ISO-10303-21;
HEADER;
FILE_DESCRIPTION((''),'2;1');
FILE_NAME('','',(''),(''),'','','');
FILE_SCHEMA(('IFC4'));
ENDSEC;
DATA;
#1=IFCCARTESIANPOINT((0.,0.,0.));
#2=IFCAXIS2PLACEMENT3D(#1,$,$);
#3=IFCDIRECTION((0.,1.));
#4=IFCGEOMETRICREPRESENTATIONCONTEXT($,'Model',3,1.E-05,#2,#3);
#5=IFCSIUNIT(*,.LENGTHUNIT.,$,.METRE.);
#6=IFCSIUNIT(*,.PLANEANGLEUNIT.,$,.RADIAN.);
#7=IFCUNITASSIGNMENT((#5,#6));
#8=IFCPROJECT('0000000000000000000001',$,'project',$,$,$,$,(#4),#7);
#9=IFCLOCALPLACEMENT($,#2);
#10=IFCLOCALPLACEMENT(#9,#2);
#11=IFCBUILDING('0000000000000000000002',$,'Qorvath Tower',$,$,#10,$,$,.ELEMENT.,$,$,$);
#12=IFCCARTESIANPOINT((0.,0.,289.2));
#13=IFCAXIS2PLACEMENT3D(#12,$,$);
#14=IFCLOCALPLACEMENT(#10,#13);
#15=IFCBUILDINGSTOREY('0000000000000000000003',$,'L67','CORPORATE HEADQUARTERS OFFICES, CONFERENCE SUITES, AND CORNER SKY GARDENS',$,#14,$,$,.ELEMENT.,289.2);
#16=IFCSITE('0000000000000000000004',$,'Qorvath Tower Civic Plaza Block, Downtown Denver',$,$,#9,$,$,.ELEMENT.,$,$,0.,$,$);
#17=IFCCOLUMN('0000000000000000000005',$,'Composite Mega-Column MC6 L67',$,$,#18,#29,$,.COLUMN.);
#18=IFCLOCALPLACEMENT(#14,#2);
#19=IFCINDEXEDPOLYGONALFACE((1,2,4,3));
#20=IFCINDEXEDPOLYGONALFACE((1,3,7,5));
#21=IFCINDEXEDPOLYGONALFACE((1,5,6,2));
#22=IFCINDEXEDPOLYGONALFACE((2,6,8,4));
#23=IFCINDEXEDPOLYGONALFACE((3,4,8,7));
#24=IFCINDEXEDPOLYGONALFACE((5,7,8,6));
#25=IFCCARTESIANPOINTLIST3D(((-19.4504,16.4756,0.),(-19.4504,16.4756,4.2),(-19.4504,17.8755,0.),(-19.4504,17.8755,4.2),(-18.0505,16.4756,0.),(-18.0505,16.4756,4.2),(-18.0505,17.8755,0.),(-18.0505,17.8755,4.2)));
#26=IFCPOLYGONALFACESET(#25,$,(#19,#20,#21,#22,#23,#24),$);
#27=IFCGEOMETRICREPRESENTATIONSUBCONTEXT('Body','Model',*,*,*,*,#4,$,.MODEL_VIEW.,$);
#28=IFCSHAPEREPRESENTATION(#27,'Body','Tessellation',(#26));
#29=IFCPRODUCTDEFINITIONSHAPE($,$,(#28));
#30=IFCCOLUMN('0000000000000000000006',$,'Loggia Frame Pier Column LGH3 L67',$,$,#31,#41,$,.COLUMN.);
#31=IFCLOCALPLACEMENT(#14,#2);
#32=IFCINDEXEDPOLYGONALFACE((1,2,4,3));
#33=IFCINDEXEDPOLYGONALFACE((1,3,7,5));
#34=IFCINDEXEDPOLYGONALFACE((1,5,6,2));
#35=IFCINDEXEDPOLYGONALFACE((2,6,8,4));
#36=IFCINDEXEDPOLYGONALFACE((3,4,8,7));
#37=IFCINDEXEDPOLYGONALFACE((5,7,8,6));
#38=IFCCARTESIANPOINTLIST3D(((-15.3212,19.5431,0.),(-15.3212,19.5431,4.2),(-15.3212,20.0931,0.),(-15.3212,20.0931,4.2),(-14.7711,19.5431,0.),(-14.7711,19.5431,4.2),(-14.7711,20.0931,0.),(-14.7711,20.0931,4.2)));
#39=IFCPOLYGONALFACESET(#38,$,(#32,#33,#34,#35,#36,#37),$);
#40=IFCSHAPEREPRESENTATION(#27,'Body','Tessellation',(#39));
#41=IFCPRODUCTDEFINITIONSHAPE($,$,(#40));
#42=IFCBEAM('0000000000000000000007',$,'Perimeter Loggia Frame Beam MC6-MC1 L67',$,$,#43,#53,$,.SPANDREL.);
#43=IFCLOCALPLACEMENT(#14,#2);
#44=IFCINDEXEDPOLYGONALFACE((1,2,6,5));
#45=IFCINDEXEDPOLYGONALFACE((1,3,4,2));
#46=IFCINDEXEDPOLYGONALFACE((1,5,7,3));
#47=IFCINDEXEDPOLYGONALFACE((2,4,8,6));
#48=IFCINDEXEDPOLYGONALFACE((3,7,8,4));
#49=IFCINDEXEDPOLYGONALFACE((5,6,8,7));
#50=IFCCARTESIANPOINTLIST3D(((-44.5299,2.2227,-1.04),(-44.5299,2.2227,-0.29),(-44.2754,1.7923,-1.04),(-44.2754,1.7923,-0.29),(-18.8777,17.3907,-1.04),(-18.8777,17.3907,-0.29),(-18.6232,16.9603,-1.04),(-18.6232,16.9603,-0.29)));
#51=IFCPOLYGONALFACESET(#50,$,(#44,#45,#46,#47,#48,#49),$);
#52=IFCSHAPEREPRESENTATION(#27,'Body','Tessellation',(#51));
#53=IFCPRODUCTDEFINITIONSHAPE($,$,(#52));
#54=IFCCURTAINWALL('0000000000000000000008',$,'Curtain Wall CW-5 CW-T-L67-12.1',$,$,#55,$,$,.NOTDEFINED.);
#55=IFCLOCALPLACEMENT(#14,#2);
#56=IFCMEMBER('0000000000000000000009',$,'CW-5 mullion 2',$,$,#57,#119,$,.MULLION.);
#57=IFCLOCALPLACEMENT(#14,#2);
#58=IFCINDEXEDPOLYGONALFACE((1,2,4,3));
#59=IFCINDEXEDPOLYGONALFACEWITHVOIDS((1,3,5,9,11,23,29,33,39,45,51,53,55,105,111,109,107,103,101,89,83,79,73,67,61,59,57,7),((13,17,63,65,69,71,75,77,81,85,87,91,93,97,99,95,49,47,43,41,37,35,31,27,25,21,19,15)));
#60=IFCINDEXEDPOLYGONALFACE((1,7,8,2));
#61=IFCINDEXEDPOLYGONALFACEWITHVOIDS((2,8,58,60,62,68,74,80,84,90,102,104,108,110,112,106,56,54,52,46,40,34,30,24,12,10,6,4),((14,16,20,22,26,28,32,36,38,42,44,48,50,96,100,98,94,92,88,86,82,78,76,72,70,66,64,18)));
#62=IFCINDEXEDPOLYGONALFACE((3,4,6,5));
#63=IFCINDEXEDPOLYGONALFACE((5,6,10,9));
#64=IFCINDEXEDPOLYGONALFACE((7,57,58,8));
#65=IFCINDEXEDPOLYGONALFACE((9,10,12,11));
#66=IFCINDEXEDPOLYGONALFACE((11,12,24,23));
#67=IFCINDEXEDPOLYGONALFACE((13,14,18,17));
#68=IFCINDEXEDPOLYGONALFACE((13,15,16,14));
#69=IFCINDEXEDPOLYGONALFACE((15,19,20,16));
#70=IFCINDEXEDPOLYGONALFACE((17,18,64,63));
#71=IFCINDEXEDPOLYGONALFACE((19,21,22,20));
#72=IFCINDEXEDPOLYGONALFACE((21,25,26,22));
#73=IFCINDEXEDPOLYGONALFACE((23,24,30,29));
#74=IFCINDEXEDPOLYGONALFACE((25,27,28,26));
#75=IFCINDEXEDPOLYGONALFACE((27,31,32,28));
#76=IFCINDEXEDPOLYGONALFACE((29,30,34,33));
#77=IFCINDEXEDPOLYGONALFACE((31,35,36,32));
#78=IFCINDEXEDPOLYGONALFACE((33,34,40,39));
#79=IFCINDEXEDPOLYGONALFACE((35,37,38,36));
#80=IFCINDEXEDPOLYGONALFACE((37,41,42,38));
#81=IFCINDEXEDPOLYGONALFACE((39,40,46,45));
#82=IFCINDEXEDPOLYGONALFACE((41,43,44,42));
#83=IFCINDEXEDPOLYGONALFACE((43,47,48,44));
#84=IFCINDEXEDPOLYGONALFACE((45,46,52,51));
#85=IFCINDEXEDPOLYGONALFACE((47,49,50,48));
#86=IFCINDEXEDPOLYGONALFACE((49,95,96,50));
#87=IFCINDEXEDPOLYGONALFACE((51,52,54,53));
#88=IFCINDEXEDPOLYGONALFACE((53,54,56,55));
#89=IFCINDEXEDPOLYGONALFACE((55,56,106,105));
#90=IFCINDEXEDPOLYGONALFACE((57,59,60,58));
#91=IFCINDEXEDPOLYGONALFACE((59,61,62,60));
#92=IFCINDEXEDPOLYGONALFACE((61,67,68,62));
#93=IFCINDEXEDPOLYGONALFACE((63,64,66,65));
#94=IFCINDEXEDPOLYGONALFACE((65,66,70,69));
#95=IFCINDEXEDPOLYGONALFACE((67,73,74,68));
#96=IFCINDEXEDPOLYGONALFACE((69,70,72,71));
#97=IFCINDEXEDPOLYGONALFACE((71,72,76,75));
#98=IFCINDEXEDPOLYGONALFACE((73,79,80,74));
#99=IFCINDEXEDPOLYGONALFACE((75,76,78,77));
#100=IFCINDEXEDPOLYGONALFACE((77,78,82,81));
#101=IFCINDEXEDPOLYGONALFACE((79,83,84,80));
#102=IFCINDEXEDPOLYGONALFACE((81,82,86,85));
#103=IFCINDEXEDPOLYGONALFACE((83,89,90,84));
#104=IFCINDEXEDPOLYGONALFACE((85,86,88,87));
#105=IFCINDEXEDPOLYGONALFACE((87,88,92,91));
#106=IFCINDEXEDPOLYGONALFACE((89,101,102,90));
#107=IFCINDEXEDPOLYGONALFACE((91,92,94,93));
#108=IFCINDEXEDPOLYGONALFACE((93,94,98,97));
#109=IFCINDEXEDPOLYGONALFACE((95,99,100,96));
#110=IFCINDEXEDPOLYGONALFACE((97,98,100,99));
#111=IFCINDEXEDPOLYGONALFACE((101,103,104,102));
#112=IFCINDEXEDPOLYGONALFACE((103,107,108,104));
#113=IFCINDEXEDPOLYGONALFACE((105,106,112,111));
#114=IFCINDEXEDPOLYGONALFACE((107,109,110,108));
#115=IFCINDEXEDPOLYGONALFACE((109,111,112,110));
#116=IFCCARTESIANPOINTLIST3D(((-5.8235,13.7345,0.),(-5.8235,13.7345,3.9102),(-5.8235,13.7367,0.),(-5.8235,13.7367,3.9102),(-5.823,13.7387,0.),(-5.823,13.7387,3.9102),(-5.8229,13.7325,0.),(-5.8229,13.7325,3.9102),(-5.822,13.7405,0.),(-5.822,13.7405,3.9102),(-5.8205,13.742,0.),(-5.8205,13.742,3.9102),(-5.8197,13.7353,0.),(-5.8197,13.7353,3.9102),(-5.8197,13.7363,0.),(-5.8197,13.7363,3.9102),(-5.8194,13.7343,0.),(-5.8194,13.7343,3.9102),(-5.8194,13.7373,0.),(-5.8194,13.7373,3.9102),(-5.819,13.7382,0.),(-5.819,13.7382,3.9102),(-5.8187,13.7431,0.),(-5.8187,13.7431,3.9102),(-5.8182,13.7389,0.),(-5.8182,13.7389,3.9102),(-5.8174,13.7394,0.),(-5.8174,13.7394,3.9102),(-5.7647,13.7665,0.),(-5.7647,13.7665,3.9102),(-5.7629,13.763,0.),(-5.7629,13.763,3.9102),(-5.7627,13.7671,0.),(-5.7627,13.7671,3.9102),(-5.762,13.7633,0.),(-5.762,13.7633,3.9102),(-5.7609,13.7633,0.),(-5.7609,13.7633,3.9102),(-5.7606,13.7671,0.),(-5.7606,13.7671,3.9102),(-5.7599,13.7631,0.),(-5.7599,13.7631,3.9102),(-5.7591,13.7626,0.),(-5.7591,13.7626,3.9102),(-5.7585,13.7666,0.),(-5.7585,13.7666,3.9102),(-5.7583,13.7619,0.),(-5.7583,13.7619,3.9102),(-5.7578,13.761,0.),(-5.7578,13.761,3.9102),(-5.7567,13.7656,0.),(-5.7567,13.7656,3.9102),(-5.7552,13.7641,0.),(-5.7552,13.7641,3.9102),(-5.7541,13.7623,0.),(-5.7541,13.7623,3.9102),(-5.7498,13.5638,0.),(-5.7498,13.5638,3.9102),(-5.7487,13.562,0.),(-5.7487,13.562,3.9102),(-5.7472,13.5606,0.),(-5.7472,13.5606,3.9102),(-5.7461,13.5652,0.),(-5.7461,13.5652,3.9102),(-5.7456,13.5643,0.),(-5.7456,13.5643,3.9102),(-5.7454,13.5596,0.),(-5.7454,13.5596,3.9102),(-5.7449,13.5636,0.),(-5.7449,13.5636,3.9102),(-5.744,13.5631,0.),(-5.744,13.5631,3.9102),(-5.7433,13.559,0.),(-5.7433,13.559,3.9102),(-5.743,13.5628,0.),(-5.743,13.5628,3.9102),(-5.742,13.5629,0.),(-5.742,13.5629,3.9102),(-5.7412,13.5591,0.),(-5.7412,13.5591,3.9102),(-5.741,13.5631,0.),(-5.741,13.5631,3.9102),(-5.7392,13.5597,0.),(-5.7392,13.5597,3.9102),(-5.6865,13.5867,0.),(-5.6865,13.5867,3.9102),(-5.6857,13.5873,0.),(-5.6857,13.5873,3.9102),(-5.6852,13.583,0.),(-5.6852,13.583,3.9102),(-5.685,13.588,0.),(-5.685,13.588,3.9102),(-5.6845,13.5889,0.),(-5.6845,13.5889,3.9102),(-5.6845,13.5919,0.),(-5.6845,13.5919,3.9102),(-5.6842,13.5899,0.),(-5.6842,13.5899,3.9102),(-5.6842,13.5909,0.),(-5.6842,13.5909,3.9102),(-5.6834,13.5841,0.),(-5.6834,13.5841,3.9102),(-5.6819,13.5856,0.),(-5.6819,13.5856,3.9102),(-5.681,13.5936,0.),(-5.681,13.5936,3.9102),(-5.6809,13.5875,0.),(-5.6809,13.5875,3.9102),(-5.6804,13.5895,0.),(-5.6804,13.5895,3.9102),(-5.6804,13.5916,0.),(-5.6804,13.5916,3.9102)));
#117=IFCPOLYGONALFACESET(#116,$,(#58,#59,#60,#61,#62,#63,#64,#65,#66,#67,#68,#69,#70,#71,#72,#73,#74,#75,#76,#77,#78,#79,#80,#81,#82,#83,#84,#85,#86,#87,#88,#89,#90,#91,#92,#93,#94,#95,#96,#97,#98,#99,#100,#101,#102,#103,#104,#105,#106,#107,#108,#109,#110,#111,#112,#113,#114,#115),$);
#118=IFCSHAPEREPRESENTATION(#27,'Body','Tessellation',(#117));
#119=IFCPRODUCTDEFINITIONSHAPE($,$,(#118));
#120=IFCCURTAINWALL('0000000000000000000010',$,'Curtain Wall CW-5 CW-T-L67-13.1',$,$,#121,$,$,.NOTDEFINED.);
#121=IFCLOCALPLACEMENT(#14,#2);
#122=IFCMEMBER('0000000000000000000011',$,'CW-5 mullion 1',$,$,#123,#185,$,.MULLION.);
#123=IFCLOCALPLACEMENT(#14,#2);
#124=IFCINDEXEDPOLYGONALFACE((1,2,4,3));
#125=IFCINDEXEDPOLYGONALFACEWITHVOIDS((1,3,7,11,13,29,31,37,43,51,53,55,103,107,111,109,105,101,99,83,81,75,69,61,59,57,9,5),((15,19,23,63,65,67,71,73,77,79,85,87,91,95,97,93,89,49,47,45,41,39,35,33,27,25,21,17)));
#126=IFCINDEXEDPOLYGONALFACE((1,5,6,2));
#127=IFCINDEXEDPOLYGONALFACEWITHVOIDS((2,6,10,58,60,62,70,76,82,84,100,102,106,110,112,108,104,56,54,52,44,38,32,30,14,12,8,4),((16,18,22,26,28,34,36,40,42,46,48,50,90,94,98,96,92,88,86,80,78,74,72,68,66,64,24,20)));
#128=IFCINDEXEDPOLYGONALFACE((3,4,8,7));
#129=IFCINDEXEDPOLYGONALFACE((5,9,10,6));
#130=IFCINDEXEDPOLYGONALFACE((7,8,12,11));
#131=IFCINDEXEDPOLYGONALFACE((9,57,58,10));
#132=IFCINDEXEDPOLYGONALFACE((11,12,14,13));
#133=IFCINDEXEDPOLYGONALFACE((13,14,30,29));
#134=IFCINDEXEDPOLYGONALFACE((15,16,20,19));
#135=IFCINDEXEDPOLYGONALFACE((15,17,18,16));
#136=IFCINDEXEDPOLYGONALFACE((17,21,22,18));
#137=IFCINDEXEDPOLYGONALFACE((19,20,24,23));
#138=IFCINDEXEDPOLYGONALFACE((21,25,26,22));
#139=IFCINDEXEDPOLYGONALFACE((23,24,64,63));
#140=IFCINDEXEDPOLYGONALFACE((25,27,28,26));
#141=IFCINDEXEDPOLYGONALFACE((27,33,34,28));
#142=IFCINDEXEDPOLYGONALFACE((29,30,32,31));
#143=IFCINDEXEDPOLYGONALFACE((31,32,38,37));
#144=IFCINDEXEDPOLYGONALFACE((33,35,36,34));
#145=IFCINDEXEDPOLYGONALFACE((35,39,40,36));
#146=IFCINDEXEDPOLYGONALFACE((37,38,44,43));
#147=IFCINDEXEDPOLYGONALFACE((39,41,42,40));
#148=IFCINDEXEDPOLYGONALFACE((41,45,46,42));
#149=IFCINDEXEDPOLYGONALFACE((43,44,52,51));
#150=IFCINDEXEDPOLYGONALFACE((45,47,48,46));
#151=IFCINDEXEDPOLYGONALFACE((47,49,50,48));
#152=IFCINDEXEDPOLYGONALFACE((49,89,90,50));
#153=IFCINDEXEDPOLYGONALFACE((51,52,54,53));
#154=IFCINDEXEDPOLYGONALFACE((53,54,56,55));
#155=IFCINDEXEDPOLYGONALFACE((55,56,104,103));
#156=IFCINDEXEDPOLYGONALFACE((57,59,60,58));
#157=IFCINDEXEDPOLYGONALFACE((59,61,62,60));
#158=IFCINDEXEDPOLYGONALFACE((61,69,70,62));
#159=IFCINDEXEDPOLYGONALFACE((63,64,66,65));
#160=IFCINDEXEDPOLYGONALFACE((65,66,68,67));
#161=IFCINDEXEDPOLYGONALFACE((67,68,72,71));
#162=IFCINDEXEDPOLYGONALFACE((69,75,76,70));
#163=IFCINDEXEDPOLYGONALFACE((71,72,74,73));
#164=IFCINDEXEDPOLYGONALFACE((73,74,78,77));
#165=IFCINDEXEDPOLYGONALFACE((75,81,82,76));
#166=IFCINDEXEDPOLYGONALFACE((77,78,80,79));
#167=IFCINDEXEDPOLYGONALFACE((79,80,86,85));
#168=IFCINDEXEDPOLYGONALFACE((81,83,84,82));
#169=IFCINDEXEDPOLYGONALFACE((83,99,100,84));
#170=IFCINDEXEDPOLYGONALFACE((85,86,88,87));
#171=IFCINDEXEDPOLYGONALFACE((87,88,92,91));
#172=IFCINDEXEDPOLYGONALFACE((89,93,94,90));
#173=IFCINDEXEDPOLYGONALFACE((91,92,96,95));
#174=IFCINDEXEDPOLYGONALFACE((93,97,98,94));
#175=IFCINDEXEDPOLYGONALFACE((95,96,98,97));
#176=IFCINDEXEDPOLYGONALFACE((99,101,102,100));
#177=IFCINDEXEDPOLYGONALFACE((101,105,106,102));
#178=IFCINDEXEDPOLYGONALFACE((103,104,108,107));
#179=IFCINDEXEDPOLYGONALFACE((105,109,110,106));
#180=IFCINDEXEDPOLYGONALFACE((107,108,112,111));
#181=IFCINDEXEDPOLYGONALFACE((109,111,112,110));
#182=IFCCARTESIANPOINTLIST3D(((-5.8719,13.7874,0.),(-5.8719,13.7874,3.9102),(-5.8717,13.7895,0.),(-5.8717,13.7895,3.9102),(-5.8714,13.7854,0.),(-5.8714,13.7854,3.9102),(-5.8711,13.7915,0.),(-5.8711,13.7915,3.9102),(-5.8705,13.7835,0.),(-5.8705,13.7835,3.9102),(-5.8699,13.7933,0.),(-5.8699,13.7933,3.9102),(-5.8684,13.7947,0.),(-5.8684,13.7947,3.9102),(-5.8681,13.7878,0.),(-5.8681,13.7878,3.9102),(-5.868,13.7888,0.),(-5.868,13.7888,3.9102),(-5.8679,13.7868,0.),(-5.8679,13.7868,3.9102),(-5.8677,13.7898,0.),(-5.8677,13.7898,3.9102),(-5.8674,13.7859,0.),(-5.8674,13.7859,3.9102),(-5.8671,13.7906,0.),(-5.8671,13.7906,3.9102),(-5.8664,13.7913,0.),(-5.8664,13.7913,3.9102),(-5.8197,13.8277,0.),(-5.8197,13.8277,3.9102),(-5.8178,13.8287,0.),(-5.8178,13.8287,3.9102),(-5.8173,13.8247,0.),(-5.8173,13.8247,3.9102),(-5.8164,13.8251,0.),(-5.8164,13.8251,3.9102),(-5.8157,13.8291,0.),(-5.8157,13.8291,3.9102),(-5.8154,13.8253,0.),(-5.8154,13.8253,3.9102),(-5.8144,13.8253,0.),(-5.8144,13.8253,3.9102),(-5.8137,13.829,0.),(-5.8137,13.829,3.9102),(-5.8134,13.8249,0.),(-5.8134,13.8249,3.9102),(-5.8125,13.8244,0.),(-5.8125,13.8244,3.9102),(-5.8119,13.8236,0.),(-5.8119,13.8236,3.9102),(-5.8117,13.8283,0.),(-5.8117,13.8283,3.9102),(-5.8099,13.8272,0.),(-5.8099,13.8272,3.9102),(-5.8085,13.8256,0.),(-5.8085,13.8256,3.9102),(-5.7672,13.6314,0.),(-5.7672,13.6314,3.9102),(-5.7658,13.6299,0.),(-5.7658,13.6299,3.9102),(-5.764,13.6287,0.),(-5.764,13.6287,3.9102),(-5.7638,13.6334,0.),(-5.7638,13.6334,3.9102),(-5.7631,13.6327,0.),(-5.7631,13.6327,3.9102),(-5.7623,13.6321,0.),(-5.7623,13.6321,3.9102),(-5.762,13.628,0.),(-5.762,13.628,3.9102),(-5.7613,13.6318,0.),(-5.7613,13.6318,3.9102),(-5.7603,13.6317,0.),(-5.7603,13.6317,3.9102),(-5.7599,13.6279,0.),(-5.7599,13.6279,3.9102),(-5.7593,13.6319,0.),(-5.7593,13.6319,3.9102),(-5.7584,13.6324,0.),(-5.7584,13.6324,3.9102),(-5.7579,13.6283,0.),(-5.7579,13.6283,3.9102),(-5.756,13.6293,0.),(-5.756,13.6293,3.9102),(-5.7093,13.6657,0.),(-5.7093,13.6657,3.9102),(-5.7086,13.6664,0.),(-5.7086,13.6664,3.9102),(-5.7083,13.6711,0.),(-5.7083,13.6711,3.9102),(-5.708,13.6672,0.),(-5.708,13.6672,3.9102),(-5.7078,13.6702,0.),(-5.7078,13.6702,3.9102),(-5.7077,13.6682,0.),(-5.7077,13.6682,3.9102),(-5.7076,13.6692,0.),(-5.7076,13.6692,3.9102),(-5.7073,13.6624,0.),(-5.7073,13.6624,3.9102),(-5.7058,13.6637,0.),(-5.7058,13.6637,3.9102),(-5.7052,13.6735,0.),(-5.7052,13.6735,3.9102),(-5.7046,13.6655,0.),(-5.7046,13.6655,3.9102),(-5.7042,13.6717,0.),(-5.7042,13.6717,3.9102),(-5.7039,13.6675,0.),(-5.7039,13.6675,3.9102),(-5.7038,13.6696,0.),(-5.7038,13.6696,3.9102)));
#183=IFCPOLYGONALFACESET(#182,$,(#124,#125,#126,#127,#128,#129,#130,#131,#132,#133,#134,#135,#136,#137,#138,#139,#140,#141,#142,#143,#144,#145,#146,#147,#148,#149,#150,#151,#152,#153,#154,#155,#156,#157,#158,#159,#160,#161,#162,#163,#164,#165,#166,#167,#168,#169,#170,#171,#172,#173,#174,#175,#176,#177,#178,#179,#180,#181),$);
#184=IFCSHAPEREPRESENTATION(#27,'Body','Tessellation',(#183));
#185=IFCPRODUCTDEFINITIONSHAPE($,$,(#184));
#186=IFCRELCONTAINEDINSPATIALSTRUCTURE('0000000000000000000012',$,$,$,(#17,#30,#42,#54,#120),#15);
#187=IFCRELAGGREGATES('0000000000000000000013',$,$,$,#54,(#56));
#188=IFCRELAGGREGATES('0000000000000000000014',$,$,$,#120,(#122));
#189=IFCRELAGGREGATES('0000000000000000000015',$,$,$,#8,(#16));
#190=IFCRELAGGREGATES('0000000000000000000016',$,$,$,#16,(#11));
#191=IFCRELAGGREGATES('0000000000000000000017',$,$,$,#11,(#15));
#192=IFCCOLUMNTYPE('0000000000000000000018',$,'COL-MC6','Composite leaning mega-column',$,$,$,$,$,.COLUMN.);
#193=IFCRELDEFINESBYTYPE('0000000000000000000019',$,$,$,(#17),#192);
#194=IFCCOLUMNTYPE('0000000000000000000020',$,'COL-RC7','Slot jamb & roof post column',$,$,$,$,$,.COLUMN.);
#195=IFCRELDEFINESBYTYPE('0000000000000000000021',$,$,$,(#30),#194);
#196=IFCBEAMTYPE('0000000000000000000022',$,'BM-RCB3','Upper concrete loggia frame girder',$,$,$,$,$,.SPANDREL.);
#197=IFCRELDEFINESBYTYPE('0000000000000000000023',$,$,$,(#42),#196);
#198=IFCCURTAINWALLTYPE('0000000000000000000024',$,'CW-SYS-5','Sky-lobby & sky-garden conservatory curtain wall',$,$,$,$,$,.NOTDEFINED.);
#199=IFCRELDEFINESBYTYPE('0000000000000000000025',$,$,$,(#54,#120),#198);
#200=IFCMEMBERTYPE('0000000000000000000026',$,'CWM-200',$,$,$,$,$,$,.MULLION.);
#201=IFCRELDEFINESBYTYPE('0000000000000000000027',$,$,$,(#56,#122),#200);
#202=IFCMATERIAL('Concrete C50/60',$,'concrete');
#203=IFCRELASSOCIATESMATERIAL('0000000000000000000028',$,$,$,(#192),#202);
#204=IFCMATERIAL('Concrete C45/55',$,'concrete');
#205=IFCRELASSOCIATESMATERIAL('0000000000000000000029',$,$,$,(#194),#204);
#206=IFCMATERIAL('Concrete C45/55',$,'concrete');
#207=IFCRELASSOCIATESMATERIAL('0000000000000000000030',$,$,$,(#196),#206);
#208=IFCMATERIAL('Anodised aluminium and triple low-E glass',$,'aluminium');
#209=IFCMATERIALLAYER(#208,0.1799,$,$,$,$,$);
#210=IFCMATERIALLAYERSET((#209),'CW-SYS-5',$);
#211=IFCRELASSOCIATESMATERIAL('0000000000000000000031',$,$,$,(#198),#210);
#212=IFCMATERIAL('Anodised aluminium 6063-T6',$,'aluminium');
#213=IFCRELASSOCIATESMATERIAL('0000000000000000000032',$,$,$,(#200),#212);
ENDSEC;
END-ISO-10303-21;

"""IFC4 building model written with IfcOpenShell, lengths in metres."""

from ifc_helpers import new_model, si_unit, direction, frame, origin, origin_2d, place, context, subcontext, project, spatial, rectangle, hollow_rectangle, extrude, material, layer, layer_set, material_profile, profile_set, type_object, element, aggregate, save


model = new_model("IFC4")

# Units and contexts
model_context = context("Model", 3, precision=1e-05, world=origin(), true_north=direction((0.0, 1.0)))
body_context = subcontext(model_context, "Body", "Model", "MODEL_VIEW")
ifc_project = project(units=[si_unit("LENGTHUNIT", "METRE"), si_unit("PLANEANGLEUNIT", "RADIAN")], contexts=[model_context])

# Site, building, storey
site_placement = place(None, origin())
site = spatial("IfcSite", under=ifc_project, at=site_placement, Name="Qorvath Tower Civic Plaza Block, Downtown Denver", CompositionType="ELEMENT", RefElevation=0.0)
building_placement = place(site_placement, origin())
building = spatial("IfcBuilding", under=site, at=building_placement, Name="Qorvath Tower", CompositionType="ELEMENT")
storey_placement = place(building_placement, frame((0.0, 0.0, 289.2)))
storey = spatial("IfcBuildingStorey", under=building, at=storey_placement, Name="L67", Description="CORPORATE HEADQUARTERS OFFICES, CONFERENCE SUITES, AND CORNER SKY GARDENS", CompositionType="ELEMENT", Elevation=289.2)

# Columns
ifc_material_1 = material(Name="Concrete C50/60", Category="concrete")
ifc_material_profile_1 = material_profile(ifc_material_1, rectangle(XDim=1.3999, YDim=1.3999, at=origin_2d()), Name="MC 1400x1400")
ifc_profile_set_1 = profile_set([ifc_material_profile_1], Name="Concrete C50/60")
column_type_1 = type_object("IfcColumnType", Name="COL-MC6", Description="Composite leaning mega-column", PredefinedType="COLUMN", material=ifc_profile_set_1)
column_1_placement = place(storey_placement, frame((-18.7505, 17.1755, 0.0), z_axis=(0.0, 0.0, 1.0), x_axis=(1.0, 0.0, 0.0)))
element("IfcColumn", 1, at=column_1_placement, inside=storey, type_object=column_type_1, Name="Composite Mega-Column MC6 L67", PredefinedType="COLUMN", context=body_context, shape_type="SweptSolid", body=[
    extrude(rectangle(XDim=1.3999, YDim=1.3999, at=origin_2d()), origin(), (0.0, 0.0, 1.0), 4.2),
])
ifc_material_2 = material(Name="Concrete C45/55", Category="concrete")
ifc_material_profile_2 = material_profile(ifc_material_2, rectangle(XDim=0.55, YDim=0.55, at=origin_2d()), Name="RC 550x550")
ifc_profile_set_2 = profile_set([ifc_material_profile_2], Name="Concrete C45/55")
column_type_2 = type_object("IfcColumnType", Name="COL-RC7", Description="Slot jamb & roof post column", PredefinedType="COLUMN", material=ifc_profile_set_2)
column_2_placement = place(storey_placement, frame((-15.0461, 19.8181, 0.0), z_axis=(0.0, 0.0, 1.0), x_axis=(1.0, 0.0, 0.0)))
element("IfcColumn", 2, at=column_2_placement, inside=storey, type_object=column_type_2, Name="Loggia Frame Pier Column LGH3 L67", PredefinedType="COLUMN", context=body_context, shape_type="SweptSolid", body=[
    extrude(rectangle(XDim=0.55, YDim=0.55, at=origin_2d()), origin(), (0.0, 0.0, 1.0), 4.2),
])

# Beam
ifc_material_3 = material(Name="Concrete C45/55", Category="concrete")
ifc_material_profile_3 = material_profile(ifc_material_3, rectangle(XDim=0.5, YDim=0.75, at=origin_2d()), Name="RCB 750x500")
ifc_profile_set_3 = profile_set([ifc_material_profile_3], Name="Concrete C45/55")
beam_type = type_object("IfcBeamType", Name="BM-RCB3", Description="Upper concrete loggia frame girder", PredefinedType="SPANDREL", material=ifc_profile_set_3)
beam_placement = place(storey_placement, frame((-18.7505, 17.1755, -0.665), z_axis=(-0.860781, -0.508976, 0.0), x_axis=(0.508976, -0.860781, 0.0)))
element("IfcBeam", 3, at=beam_placement, inside=storey, type_object=beam_type, Name="Perimeter Loggia Frame Beam MC6-MC1 L67", PredefinedType="SPANDREL", context=body_context, shape_type="SweptSolid", body=[
    extrude(rectangle(XDim=0.5, YDim=0.75, at=origin_2d()), origin(), (0.0, 0.0, 1.0), 29.801),
])

# Curtain wall, member
ifc_material_4 = material(Name="Anodised aluminium and triple low-E glass", Category="aluminium")
ifc_layer_1 = layer(ifc_material_4, 0.1799)
ifc_layer_set_1 = layer_set([ifc_layer_1], Name="CW-SYS-5")
curtain_wall_type = type_object("IfcCurtainWallType", Name="CW-SYS-5", Description="Sky-lobby & sky-garden conservatory curtain wall", PredefinedType="NOTDEFINED", material=ifc_layer_set_1)
curtain_wall_1_placement = place(storey_placement, origin())
curtain_wall_1 = element("IfcCurtainWall", 4, at=curtain_wall_1_placement, inside=storey, type_object=curtain_wall_type, Name="Curtain Wall CW-5 CW-T-L67-12.1", PredefinedType="NOTDEFINED")
ifc_material_5 = material(Name="Anodised aluminium 6063-T6", Category="aluminium")
ifc_material_profile_4 = material_profile(ifc_material_5, hollow_rectangle(XDim=0.075, YDim=0.2, WallThickness=0.0039, InnerFilletRadius=0.0039, OuterFilletRadius=0.0081, at=origin_2d()), Name="CWM 200x75")
ifc_profile_set_4 = profile_set([ifc_material_profile_4], Name="Anodised aluminium 6063-T6")
member_type_1 = type_object("IfcMemberType", Name="CWM-200", PredefinedType="MULLION", material=ifc_profile_set_4)
member_1_placement = place(storey_placement, frame((-5.752, 13.6631, 0.0), z_axis=(0.0, 0.0, 1.0), x_axis=(-0.917563, -0.39759, 0.0)))
member_1 = element("IfcMember", 5, at=member_1_placement, type_object=member_type_1, Name="CW-5 mullion 2", PredefinedType="MULLION", context=body_context, shape_type="SweptSolid", body=[
    extrude(hollow_rectangle(XDim=0.075, YDim=0.2, WallThickness=0.0039, InnerFilletRadius=0.0039, OuterFilletRadius=0.0081, at=origin_2d()), origin(), (0.0, 0.0, 1.0), 3.9102),
])
aggregate(curtain_wall_1, [member_1])

# Curtain wall, member
curtain_wall_2_placement = place(storey_placement, origin())
curtain_wall_2 = element("IfcCurtainWall", 6, at=curtain_wall_2_placement, inside=storey, type_object=curtain_wall_type, Name="Curtain Wall CW-5 CW-T-L67-13.1", PredefinedType="NOTDEFINED")
member_2_placement = place(storey_placement, frame((-5.7878, 13.7285, 0.0), z_axis=(0.0, 0.0, 1.0), x_axis=(-0.827172, -0.561949, 0.0)))
member_2 = element("IfcMember", 7, at=member_2_placement, type_object=member_type_1, Name="CW-5 mullion 1", PredefinedType="MULLION", context=body_context, shape_type="SweptSolid", body=[
    extrude(hollow_rectangle(XDim=0.075, YDim=0.2, WallThickness=0.0039, InnerFilletRadius=0.0039, OuterFilletRadius=0.0081, at=origin_2d()), origin(), (0.0, 0.0, 1.0), 3.9102),
])

aggregate(curtain_wall_2, [member_2])

save(model, "model.ifc")
